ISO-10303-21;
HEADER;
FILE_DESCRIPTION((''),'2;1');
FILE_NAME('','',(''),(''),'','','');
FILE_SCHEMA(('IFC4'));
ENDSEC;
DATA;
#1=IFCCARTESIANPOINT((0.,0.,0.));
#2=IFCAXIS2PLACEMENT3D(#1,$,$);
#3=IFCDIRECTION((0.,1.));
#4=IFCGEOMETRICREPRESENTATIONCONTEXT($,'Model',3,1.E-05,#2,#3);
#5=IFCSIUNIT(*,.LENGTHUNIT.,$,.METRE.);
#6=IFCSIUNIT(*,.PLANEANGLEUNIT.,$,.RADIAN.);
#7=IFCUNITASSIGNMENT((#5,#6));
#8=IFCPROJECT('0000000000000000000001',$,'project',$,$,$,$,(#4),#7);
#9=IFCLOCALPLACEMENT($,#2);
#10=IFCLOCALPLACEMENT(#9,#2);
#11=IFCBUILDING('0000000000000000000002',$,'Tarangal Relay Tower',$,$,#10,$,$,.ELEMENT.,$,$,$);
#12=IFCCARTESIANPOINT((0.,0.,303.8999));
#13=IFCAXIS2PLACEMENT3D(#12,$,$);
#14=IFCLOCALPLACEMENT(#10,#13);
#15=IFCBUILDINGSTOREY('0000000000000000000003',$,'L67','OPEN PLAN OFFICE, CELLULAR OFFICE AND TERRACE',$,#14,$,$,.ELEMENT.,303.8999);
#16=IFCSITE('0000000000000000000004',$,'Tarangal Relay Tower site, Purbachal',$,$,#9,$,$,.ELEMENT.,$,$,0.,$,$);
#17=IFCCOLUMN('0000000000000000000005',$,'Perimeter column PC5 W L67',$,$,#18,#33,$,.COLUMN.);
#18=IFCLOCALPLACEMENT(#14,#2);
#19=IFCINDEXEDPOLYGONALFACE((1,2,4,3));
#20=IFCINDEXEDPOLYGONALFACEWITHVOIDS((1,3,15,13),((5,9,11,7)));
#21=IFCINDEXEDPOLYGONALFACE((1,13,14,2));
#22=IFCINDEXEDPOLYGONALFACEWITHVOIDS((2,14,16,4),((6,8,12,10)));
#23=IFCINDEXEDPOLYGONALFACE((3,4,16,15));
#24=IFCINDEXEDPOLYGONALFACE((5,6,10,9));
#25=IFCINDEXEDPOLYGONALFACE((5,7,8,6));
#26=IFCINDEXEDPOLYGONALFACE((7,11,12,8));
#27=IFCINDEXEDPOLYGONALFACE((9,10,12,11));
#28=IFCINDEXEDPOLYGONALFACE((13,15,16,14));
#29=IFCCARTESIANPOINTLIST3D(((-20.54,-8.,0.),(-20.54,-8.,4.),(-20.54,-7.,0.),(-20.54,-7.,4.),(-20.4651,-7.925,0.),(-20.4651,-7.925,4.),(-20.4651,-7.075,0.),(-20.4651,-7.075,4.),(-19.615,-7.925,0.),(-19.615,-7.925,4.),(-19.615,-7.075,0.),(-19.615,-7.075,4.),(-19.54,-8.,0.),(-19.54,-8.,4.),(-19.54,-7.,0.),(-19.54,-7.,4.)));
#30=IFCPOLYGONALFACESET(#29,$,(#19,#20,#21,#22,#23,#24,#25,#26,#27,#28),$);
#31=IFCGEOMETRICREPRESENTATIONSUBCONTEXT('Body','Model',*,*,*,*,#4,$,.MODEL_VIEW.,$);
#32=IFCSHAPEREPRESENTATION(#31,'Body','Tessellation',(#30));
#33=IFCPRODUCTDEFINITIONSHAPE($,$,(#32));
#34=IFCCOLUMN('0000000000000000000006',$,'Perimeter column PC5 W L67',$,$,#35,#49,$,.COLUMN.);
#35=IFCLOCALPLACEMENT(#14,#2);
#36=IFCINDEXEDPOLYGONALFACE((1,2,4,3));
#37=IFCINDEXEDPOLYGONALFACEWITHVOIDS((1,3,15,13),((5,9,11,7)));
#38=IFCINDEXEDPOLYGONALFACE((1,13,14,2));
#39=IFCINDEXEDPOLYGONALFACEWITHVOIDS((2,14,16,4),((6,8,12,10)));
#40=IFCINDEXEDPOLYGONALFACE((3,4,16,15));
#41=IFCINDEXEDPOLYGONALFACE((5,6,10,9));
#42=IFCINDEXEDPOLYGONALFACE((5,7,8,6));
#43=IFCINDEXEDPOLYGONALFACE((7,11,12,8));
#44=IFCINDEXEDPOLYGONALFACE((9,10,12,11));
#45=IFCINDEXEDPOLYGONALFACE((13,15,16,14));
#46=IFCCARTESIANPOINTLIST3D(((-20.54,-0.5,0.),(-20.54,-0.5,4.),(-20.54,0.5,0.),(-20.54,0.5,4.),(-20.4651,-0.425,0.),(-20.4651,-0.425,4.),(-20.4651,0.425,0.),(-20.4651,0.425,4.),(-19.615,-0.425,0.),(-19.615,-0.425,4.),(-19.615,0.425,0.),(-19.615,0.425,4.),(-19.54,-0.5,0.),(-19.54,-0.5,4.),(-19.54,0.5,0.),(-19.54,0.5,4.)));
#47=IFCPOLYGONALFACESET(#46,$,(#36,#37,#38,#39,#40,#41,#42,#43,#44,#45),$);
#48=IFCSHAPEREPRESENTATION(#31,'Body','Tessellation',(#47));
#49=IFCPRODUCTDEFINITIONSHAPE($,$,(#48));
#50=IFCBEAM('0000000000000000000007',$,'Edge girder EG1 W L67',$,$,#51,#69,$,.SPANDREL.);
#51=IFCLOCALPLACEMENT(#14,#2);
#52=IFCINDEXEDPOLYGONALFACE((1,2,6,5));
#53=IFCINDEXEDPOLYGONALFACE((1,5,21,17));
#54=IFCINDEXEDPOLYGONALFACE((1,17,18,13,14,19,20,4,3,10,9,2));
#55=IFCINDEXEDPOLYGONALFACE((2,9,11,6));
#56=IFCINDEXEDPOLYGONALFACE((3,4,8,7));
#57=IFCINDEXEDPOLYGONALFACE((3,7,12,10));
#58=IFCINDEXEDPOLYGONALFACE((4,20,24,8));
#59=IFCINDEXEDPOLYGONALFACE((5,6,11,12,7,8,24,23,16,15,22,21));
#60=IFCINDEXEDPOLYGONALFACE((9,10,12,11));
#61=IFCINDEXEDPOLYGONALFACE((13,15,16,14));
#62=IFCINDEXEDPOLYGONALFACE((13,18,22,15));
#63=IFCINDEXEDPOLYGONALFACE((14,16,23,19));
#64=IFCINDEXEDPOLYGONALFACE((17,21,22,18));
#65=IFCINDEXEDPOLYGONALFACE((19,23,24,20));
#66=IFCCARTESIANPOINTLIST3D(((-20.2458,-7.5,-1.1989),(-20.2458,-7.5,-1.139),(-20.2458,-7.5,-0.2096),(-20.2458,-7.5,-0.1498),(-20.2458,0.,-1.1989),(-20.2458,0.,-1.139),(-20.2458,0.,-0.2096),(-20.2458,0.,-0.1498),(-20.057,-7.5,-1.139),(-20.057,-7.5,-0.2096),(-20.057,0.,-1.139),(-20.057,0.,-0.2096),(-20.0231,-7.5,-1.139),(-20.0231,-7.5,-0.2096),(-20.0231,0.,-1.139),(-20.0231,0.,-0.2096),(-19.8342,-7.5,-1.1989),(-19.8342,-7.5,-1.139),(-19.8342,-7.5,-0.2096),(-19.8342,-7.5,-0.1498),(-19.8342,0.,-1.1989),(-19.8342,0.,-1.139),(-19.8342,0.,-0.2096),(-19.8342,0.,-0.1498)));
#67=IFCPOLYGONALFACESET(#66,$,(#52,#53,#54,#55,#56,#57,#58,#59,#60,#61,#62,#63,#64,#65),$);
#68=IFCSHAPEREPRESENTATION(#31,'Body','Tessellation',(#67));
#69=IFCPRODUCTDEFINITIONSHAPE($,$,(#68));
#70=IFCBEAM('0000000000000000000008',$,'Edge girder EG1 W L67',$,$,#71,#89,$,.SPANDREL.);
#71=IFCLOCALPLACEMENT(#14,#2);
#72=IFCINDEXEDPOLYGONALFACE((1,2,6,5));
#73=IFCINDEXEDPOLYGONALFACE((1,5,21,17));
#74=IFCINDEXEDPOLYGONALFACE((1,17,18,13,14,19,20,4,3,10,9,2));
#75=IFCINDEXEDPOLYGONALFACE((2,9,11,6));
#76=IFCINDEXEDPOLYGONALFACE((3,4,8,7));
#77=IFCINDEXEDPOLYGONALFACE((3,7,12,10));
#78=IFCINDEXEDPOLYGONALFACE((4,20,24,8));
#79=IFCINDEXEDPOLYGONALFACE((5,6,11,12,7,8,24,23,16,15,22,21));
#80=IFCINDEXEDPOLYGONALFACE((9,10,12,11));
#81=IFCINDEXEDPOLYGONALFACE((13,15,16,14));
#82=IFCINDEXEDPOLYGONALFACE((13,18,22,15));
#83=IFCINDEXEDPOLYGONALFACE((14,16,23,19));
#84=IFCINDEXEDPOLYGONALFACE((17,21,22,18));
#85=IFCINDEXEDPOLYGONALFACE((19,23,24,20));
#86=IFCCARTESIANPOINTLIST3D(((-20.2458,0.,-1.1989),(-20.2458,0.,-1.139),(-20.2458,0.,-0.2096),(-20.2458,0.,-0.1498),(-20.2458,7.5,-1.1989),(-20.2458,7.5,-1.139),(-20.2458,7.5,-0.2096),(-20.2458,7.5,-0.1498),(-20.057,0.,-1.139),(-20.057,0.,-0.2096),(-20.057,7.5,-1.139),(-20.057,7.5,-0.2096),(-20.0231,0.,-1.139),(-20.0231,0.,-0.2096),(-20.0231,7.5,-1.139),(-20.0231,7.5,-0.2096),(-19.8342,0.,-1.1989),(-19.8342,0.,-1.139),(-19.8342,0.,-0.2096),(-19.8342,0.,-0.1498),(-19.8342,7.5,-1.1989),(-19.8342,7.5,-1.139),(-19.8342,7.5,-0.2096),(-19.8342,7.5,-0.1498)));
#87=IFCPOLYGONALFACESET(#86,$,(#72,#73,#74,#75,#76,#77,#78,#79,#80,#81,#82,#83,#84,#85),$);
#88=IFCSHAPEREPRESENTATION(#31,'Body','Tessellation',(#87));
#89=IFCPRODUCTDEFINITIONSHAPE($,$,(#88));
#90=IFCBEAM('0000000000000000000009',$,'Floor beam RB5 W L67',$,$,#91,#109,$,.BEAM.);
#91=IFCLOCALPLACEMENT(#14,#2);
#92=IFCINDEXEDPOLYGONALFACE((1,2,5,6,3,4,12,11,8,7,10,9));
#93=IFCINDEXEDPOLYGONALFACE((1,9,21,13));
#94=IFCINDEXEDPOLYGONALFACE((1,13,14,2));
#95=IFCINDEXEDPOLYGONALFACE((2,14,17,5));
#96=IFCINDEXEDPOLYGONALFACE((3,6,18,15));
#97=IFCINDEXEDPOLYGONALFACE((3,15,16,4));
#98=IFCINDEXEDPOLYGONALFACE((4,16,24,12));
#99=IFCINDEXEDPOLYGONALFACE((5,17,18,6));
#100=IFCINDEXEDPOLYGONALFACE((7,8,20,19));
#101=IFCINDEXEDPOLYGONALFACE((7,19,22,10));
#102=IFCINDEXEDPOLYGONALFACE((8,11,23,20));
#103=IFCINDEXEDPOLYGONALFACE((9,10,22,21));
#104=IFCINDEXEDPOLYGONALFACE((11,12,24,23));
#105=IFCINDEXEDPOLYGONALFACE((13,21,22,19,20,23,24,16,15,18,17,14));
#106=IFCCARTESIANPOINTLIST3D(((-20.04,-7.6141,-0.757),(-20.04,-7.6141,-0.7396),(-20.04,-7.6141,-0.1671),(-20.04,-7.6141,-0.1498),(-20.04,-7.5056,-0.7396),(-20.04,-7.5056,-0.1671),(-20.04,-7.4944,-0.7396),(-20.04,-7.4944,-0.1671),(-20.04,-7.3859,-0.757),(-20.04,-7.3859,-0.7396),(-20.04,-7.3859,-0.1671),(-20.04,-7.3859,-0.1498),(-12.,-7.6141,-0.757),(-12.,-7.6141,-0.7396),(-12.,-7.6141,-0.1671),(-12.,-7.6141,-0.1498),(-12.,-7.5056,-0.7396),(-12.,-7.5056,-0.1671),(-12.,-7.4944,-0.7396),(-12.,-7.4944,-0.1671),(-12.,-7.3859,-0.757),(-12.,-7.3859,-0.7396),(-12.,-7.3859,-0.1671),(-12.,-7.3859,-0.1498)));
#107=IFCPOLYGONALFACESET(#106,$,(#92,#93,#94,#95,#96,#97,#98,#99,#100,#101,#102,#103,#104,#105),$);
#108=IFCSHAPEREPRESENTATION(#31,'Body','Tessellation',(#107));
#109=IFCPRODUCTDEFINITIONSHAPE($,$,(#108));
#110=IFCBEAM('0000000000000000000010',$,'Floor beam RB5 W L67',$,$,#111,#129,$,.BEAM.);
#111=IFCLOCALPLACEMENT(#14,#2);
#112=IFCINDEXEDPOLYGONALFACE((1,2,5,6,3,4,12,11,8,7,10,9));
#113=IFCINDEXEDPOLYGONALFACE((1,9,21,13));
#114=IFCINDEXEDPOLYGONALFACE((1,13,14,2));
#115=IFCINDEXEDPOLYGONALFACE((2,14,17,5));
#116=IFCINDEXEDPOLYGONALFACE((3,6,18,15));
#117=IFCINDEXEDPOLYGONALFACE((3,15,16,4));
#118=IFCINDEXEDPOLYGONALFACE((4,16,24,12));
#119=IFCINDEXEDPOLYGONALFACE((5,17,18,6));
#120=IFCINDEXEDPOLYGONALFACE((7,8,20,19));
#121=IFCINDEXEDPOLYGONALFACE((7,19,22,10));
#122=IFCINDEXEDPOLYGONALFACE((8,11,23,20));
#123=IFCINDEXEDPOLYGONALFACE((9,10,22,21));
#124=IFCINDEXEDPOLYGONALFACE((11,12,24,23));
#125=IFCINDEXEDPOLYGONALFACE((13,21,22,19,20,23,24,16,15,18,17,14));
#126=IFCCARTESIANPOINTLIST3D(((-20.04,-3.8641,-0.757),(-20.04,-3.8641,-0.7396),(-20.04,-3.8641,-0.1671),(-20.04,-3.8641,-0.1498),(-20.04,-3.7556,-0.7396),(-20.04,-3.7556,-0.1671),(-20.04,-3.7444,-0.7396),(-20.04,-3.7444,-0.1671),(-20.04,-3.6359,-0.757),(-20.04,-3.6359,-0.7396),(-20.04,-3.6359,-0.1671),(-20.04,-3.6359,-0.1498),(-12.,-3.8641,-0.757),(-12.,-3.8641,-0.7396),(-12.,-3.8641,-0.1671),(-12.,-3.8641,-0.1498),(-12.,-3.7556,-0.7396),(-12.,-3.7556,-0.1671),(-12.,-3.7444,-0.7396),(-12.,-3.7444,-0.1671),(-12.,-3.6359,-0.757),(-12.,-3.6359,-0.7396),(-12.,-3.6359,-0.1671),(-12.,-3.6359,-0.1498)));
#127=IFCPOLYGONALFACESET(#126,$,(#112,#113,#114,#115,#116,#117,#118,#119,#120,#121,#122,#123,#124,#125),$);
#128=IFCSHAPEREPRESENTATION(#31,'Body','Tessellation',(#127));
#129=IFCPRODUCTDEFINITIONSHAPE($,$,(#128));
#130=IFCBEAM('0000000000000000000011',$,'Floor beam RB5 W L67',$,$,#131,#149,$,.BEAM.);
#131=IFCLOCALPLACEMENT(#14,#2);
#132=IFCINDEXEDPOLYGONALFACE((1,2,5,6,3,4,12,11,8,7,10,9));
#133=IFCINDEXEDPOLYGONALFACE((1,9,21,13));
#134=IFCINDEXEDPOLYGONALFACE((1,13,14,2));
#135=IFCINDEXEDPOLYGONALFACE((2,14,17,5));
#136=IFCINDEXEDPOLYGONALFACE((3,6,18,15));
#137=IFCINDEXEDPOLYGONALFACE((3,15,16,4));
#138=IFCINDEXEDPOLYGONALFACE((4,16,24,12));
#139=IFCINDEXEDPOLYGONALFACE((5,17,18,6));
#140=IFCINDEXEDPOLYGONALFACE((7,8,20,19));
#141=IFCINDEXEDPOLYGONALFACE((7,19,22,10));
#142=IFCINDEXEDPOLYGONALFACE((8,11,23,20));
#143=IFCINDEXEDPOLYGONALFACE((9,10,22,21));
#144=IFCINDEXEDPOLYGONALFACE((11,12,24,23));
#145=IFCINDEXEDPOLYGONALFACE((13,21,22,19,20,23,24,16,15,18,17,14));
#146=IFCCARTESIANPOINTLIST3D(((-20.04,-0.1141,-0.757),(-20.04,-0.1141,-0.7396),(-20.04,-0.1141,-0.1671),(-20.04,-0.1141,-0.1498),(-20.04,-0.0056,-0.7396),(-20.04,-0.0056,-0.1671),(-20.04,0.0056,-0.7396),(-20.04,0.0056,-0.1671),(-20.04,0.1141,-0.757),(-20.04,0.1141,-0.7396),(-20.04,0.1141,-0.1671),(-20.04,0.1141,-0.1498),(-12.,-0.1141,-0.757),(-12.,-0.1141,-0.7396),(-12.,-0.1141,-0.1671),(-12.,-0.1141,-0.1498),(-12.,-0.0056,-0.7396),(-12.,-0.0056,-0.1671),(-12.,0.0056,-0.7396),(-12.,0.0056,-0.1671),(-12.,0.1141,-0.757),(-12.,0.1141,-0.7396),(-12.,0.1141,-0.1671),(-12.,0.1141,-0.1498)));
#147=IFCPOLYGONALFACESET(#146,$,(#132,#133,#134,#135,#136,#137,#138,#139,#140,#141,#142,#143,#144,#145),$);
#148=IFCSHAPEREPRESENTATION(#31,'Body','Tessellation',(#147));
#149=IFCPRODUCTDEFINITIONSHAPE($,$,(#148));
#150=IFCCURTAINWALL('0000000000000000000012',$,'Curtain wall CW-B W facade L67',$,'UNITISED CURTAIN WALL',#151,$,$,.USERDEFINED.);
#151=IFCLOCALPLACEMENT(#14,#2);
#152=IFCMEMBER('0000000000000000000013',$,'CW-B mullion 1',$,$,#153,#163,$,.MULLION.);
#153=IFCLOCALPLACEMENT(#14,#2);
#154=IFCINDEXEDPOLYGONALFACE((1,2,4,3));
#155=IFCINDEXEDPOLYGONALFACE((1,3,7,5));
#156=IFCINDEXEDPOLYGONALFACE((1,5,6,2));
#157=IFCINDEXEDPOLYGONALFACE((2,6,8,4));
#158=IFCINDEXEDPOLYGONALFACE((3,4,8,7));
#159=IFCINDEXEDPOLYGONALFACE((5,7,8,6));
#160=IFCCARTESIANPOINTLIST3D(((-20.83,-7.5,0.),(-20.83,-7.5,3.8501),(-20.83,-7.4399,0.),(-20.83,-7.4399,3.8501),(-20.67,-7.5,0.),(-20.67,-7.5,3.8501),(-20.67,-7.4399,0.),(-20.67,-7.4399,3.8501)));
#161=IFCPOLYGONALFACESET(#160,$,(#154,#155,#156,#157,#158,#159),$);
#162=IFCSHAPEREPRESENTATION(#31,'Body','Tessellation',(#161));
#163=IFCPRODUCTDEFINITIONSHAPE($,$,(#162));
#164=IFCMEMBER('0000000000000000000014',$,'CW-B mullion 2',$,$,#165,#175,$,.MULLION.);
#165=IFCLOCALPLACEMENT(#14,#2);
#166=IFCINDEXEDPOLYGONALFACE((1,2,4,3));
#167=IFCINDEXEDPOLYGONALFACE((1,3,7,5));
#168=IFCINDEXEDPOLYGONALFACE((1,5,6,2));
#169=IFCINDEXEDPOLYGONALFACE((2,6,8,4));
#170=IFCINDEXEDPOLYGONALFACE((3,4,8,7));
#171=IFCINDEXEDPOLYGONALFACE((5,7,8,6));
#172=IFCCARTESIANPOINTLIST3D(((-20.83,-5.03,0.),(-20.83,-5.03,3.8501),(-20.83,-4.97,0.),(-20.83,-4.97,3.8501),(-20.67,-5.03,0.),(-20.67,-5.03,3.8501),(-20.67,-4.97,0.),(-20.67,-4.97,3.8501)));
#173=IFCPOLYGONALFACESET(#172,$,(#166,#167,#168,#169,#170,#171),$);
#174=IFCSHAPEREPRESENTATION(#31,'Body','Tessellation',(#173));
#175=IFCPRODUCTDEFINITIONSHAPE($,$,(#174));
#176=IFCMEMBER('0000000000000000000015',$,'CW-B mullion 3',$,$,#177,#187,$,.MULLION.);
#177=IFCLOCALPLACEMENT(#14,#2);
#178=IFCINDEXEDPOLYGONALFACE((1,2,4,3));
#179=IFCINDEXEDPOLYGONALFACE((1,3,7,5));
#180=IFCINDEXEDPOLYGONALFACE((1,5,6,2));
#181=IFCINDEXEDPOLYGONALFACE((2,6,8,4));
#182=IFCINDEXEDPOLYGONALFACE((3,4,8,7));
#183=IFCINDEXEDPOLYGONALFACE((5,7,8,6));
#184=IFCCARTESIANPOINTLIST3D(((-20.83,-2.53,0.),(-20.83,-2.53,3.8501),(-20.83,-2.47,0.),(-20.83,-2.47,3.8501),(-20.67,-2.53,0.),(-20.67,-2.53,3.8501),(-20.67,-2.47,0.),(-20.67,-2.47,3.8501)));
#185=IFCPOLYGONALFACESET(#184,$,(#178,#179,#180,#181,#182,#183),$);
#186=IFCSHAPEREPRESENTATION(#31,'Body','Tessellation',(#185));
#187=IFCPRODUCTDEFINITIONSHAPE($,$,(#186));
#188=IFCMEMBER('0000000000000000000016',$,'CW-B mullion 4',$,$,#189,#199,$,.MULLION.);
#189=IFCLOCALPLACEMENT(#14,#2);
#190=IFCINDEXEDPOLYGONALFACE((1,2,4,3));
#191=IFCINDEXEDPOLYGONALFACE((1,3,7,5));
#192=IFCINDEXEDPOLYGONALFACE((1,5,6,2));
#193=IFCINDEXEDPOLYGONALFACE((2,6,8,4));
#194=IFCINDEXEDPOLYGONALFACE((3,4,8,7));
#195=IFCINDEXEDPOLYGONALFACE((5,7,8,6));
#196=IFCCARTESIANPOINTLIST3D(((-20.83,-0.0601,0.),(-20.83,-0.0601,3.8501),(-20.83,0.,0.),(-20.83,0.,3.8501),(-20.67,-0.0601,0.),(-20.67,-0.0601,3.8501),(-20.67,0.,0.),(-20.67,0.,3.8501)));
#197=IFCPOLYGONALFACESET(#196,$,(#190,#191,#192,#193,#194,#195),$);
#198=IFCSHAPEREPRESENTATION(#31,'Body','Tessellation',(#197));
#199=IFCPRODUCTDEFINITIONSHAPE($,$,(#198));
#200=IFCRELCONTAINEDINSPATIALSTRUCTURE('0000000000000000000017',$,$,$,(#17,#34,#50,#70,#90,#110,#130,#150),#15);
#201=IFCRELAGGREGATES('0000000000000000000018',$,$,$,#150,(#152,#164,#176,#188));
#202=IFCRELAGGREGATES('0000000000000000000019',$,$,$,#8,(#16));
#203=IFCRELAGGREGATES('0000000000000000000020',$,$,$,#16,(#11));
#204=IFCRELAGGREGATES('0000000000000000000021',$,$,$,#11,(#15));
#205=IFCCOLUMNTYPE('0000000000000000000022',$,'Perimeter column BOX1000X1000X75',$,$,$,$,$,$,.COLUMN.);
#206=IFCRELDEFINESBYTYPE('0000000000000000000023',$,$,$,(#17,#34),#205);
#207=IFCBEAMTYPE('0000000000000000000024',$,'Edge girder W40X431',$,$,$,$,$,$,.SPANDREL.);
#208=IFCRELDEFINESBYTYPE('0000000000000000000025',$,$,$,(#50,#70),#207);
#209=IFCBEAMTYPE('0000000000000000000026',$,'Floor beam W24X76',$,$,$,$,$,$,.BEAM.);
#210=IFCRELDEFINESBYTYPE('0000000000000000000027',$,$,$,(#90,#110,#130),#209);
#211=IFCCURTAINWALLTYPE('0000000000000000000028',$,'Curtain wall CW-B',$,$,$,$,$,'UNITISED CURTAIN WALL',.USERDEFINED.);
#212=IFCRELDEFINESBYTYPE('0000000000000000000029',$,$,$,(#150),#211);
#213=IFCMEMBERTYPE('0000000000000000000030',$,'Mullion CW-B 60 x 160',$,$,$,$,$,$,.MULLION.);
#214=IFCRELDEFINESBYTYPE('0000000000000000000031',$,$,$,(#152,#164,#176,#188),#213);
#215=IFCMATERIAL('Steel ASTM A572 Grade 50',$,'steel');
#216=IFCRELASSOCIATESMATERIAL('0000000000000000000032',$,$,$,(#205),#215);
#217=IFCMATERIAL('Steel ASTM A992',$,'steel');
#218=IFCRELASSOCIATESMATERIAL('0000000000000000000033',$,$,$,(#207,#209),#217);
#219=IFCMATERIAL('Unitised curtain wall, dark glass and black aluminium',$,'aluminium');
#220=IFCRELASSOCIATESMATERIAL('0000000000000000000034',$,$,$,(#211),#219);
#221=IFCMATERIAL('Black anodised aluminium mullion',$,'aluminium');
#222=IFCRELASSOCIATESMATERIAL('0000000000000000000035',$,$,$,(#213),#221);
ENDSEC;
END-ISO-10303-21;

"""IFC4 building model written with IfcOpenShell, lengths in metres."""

from ifc_helpers import new_model, si_unit, direction, frame, origin, origin_2d, place, context, subcontext, project, spatial, rectangle, hollow_rectangle, i_section, extrude, material, material_profile, profile_set, type_object, element, aggregate, save


model = new_model("IFC4")

# Units and contexts
model_context = context("Model", 3, precision=1e-05, world=origin(), true_north=direction((0.0, 1.0)))
body_context = subcontext(model_context, "Body", "Model", "MODEL_VIEW")
ifc_project = project(units=[si_unit("LENGTHUNIT", "METRE"), si_unit("PLANEANGLEUNIT", "RADIAN")], contexts=[model_context])

# Site, building, storey
site_placement = place(None, origin())
site = spatial("IfcSite", under=ifc_project, at=site_placement, Name="Tarangal Relay Tower site, Purbachal", CompositionType="ELEMENT", RefElevation=0.0)
building_placement = place(site_placement, origin())
building = spatial("IfcBuilding", under=site, at=building_placement, Name="Tarangal Relay Tower", CompositionType="ELEMENT")
storey_placement = place(building_placement, frame((0.0, 0.0, 303.8999)))
storey = spatial("IfcBuildingStorey", under=building, at=storey_placement, Name="L67", Description="OPEN PLAN OFFICE, CELLULAR OFFICE AND TERRACE", CompositionType="ELEMENT", Elevation=303.8999)

# Columns
ifc_material_1 = material(Name="Steel ASTM A572 Grade 50", Category="steel")
ifc_material_profile_1 = material_profile(ifc_material_1, hollow_rectangle(XDim=1.0, YDim=1.0, WallThickness=0.075, at=origin_2d()), Name="BOX1000X1000X75")
ifc_profile_set_1 = profile_set([ifc_material_profile_1], Name="Steel ASTM A572 Grade 50")
column_type = type_object("IfcColumnType", Name="Perimeter column BOX1000X1000X75", PredefinedType="COLUMN", material=ifc_profile_set_1)
for number, where, z_axis, x_axis, name in (
    (1, (-20.04, -7.5, 0.0), (0.0, 0.0, 1.0), (1.0, 0.0, 0.0), "Perimeter column PC5 W L67"),
    (2, (-20.04, 0.0, 0.0), (0.0, 0.0, 1.0), (1.0, 0.0, 0.0), "Perimeter column PC5 W L67"),
):
    element("IfcColumn", number, at=place(storey_placement, frame(where, z_axis=z_axis, x_axis=x_axis)), inside=storey, type_object=column_type, Name=name, PredefinedType="COLUMN", context=body_context, shape_type="SweptSolid", body=[
        extrude(hollow_rectangle(XDim=1.0, YDim=1.0, WallThickness=0.075, at=origin_2d()), origin(), (0.0, 0.0, 1.0), 4.0),
    ])

# Beams
ifc_material_2 = material(Name="Steel ASTM A992", Category="steel")
ifc_material_profile_2 = material_profile(ifc_material_2, i_section(OverallWidth=0.4116, OverallDepth=1.0491, WebThickness=0.0339, FlangeThickness=0.0598, at=origin_2d()), Name="W40X431")
ifc_profile_set_2 = profile_set([ifc_material_profile_2], Name="Steel ASTM A992")
beam_type_1 = type_object("IfcBeamType", Name="Edge girder W40X431", PredefinedType="SPANDREL", material=ifc_profile_set_2)
for number, where, z_axis, x_axis, name in (
    (3, (-20.04, -7.5, -0.6743), (0.0, 1.0, 0.0), (-1.0, 0.0, 0.0), "Edge girder EG1 W L67"),
    (4, (-20.04, 0.0, -0.6743), (0.0, 1.0, 0.0), (-1.0, 0.0, 0.0), "Edge girder EG1 W L67"),
):
    element("IfcBeam", number, at=place(storey_placement, frame(where, z_axis=z_axis, x_axis=x_axis)), inside=storey, type_object=beam_type_1, Name=name, PredefinedType="SPANDREL", context=body_context, shape_type="SweptSolid", body=[
        extrude(i_section(OverallWidth=0.4116, OverallDepth=1.0491, WebThickness=0.0339, FlangeThickness=0.0598, at=origin_2d()), origin(), (0.0, 0.0, 1.0), 7.5),
    ])
ifc_material_profile_3 = material_profile(ifc_material_2, i_section(OverallWidth=0.2283, OverallDepth=0.6072, WebThickness=0.0112, FlangeThickness=0.0173, at=origin_2d()), Name="W24X76")
ifc_profile_set_3 = profile_set([ifc_material_profile_3], Name="Steel ASTM A992")
beam_type_2 = type_object("IfcBeamType", Name="Floor beam W24X76", PredefinedType="BEAM", material=ifc_profile_set_3)
for number, where, z_axis, x_axis, name in (
    (5, (-12.0, -7.5, -0.4534), (-1.0, 0.0, 0.0), (0.0, -1.0, 0.0), "Floor beam RB5 W L67"),
    (6, (-12.0, -3.75, -0.4534), (-1.0, 0.0, 0.0), (0.0, -1.0, 0.0), "Floor beam RB5 W L67"),
    (7, (-12.0, 0.0, -0.4534), (-1.0, 0.0, 0.0), (0.0, -1.0, 0.0), "Floor beam RB5 W L67"),
):
    element("IfcBeam", number, at=place(storey_placement, frame(where, z_axis=z_axis, x_axis=x_axis)), inside=storey, type_object=beam_type_2, Name=name, PredefinedType="BEAM", context=body_context, shape_type="SweptSolid", body=[
        extrude(i_section(OverallWidth=0.2283, OverallDepth=0.6072, WebThickness=0.0112, FlangeThickness=0.0173, at=origin_2d()), origin(), (0.0, 0.0, 1.0), 8.04),
    ])

# Curtain wall, members
ifc_material_3 = material(Name="Unitised curtain wall, dark glass and black aluminium", Category="aluminium")
curtain_wall_type_1 = type_object("IfcCurtainWallType", Name="Curtain wall CW-B", ElementType="UNITISED CURTAIN WALL", PredefinedType="USERDEFINED", material=ifc_material_3)
curtain_wall_1_placement = place(storey_placement, origin())
curtain_wall_1 = element("IfcCurtainWall", 8, at=curtain_wall_1_placement, inside=storey, type_object=curtain_wall_type_1, Name="Curtain wall CW-B W facade L67", ObjectType="UNITISED CURTAIN WALL", PredefinedType="USERDEFINED")
ifc_material_4 = material(Name="Black anodised aluminium mullion", Category="aluminium")
ifc_material_profile_4 = material_profile(ifc_material_4, rectangle(XDim=0.1599, YDim=0.0601, at=origin_2d()), Name="CW-BM 60X160")
ifc_profile_set_4 = profile_set([ifc_material_profile_4], Name="Black anodised aluminium mullion")
member_type_1 = type_object("IfcMemberType", Name="Mullion CW-B 60 x 160", PredefinedType="MULLION", material=ifc_profile_set_4)
member_1_placement = place(storey_placement, frame((-20.75, -7.47, 0.0), z_axis=(0.0, 0.0, 1.0), x_axis=(-1.0, 0.0, 0.0)))
member_1 = element("IfcMember", 9, at=member_1_placement, type_object=member_type_1, Name="CW-B mullion 1", PredefinedType="MULLION", context=body_context, shape_type="SweptSolid", body=[
    extrude(rectangle(XDim=0.1599, YDim=0.0601, at=origin_2d()), origin(), (0.0, 0.0, 1.0), 3.8501),
])
member_2_placement = place(storey_placement, frame((-20.75, -5.0, 0.0), z_axis=(0.0, 0.0, 1.0), x_axis=(-1.0, 0.0, 0.0)))
member_2 = element("IfcMember", 10, at=member_2_placement, type_object=member_type_1, Name="CW-B mullion 2", PredefinedType="MULLION", context=body_context, shape_type="SweptSolid", body=[
    extrude(rectangle(XDim=0.1599, YDim=0.0601, at=origin_2d()), origin(), (0.0, 0.0, 1.0), 3.8501),
])
member_3_placement = place(storey_placement, frame((-20.75, -2.5, 0.0), z_axis=(0.0, 0.0, 1.0), x_axis=(-1.0, 0.0, 0.0)))
member_3 = element("IfcMember", 11, at=member_3_placement, type_object=member_type_1, Name="CW-B mullion 3", PredefinedType="MULLION", context=body_context, shape_type="SweptSolid", body=[
    extrude(rectangle(XDim=0.1599, YDim=0.0601, at=origin_2d()), origin(), (0.0, 0.0, 1.0), 3.8501),
])
member_4_placement = place(storey_placement, frame((-20.75, -0.03, 0.0), z_axis=(0.0, 0.0, 1.0), x_axis=(-1.0, 0.0, 0.0)))
member_4 = element("IfcMember", 12, at=member_4_placement, type_object=member_type_1, Name="CW-B mullion 4", PredefinedType="MULLION", context=body_context, shape_type="SweptSolid", body=[
    extrude(rectangle(XDim=0.1599, YDim=0.0601, at=origin_2d()), origin(), (0.0, 0.0, 1.0), 3.8501),
])

aggregate(curtain_wall_1, [member_1, member_2, member_3, member_4])

save(model, "model.ifc")
